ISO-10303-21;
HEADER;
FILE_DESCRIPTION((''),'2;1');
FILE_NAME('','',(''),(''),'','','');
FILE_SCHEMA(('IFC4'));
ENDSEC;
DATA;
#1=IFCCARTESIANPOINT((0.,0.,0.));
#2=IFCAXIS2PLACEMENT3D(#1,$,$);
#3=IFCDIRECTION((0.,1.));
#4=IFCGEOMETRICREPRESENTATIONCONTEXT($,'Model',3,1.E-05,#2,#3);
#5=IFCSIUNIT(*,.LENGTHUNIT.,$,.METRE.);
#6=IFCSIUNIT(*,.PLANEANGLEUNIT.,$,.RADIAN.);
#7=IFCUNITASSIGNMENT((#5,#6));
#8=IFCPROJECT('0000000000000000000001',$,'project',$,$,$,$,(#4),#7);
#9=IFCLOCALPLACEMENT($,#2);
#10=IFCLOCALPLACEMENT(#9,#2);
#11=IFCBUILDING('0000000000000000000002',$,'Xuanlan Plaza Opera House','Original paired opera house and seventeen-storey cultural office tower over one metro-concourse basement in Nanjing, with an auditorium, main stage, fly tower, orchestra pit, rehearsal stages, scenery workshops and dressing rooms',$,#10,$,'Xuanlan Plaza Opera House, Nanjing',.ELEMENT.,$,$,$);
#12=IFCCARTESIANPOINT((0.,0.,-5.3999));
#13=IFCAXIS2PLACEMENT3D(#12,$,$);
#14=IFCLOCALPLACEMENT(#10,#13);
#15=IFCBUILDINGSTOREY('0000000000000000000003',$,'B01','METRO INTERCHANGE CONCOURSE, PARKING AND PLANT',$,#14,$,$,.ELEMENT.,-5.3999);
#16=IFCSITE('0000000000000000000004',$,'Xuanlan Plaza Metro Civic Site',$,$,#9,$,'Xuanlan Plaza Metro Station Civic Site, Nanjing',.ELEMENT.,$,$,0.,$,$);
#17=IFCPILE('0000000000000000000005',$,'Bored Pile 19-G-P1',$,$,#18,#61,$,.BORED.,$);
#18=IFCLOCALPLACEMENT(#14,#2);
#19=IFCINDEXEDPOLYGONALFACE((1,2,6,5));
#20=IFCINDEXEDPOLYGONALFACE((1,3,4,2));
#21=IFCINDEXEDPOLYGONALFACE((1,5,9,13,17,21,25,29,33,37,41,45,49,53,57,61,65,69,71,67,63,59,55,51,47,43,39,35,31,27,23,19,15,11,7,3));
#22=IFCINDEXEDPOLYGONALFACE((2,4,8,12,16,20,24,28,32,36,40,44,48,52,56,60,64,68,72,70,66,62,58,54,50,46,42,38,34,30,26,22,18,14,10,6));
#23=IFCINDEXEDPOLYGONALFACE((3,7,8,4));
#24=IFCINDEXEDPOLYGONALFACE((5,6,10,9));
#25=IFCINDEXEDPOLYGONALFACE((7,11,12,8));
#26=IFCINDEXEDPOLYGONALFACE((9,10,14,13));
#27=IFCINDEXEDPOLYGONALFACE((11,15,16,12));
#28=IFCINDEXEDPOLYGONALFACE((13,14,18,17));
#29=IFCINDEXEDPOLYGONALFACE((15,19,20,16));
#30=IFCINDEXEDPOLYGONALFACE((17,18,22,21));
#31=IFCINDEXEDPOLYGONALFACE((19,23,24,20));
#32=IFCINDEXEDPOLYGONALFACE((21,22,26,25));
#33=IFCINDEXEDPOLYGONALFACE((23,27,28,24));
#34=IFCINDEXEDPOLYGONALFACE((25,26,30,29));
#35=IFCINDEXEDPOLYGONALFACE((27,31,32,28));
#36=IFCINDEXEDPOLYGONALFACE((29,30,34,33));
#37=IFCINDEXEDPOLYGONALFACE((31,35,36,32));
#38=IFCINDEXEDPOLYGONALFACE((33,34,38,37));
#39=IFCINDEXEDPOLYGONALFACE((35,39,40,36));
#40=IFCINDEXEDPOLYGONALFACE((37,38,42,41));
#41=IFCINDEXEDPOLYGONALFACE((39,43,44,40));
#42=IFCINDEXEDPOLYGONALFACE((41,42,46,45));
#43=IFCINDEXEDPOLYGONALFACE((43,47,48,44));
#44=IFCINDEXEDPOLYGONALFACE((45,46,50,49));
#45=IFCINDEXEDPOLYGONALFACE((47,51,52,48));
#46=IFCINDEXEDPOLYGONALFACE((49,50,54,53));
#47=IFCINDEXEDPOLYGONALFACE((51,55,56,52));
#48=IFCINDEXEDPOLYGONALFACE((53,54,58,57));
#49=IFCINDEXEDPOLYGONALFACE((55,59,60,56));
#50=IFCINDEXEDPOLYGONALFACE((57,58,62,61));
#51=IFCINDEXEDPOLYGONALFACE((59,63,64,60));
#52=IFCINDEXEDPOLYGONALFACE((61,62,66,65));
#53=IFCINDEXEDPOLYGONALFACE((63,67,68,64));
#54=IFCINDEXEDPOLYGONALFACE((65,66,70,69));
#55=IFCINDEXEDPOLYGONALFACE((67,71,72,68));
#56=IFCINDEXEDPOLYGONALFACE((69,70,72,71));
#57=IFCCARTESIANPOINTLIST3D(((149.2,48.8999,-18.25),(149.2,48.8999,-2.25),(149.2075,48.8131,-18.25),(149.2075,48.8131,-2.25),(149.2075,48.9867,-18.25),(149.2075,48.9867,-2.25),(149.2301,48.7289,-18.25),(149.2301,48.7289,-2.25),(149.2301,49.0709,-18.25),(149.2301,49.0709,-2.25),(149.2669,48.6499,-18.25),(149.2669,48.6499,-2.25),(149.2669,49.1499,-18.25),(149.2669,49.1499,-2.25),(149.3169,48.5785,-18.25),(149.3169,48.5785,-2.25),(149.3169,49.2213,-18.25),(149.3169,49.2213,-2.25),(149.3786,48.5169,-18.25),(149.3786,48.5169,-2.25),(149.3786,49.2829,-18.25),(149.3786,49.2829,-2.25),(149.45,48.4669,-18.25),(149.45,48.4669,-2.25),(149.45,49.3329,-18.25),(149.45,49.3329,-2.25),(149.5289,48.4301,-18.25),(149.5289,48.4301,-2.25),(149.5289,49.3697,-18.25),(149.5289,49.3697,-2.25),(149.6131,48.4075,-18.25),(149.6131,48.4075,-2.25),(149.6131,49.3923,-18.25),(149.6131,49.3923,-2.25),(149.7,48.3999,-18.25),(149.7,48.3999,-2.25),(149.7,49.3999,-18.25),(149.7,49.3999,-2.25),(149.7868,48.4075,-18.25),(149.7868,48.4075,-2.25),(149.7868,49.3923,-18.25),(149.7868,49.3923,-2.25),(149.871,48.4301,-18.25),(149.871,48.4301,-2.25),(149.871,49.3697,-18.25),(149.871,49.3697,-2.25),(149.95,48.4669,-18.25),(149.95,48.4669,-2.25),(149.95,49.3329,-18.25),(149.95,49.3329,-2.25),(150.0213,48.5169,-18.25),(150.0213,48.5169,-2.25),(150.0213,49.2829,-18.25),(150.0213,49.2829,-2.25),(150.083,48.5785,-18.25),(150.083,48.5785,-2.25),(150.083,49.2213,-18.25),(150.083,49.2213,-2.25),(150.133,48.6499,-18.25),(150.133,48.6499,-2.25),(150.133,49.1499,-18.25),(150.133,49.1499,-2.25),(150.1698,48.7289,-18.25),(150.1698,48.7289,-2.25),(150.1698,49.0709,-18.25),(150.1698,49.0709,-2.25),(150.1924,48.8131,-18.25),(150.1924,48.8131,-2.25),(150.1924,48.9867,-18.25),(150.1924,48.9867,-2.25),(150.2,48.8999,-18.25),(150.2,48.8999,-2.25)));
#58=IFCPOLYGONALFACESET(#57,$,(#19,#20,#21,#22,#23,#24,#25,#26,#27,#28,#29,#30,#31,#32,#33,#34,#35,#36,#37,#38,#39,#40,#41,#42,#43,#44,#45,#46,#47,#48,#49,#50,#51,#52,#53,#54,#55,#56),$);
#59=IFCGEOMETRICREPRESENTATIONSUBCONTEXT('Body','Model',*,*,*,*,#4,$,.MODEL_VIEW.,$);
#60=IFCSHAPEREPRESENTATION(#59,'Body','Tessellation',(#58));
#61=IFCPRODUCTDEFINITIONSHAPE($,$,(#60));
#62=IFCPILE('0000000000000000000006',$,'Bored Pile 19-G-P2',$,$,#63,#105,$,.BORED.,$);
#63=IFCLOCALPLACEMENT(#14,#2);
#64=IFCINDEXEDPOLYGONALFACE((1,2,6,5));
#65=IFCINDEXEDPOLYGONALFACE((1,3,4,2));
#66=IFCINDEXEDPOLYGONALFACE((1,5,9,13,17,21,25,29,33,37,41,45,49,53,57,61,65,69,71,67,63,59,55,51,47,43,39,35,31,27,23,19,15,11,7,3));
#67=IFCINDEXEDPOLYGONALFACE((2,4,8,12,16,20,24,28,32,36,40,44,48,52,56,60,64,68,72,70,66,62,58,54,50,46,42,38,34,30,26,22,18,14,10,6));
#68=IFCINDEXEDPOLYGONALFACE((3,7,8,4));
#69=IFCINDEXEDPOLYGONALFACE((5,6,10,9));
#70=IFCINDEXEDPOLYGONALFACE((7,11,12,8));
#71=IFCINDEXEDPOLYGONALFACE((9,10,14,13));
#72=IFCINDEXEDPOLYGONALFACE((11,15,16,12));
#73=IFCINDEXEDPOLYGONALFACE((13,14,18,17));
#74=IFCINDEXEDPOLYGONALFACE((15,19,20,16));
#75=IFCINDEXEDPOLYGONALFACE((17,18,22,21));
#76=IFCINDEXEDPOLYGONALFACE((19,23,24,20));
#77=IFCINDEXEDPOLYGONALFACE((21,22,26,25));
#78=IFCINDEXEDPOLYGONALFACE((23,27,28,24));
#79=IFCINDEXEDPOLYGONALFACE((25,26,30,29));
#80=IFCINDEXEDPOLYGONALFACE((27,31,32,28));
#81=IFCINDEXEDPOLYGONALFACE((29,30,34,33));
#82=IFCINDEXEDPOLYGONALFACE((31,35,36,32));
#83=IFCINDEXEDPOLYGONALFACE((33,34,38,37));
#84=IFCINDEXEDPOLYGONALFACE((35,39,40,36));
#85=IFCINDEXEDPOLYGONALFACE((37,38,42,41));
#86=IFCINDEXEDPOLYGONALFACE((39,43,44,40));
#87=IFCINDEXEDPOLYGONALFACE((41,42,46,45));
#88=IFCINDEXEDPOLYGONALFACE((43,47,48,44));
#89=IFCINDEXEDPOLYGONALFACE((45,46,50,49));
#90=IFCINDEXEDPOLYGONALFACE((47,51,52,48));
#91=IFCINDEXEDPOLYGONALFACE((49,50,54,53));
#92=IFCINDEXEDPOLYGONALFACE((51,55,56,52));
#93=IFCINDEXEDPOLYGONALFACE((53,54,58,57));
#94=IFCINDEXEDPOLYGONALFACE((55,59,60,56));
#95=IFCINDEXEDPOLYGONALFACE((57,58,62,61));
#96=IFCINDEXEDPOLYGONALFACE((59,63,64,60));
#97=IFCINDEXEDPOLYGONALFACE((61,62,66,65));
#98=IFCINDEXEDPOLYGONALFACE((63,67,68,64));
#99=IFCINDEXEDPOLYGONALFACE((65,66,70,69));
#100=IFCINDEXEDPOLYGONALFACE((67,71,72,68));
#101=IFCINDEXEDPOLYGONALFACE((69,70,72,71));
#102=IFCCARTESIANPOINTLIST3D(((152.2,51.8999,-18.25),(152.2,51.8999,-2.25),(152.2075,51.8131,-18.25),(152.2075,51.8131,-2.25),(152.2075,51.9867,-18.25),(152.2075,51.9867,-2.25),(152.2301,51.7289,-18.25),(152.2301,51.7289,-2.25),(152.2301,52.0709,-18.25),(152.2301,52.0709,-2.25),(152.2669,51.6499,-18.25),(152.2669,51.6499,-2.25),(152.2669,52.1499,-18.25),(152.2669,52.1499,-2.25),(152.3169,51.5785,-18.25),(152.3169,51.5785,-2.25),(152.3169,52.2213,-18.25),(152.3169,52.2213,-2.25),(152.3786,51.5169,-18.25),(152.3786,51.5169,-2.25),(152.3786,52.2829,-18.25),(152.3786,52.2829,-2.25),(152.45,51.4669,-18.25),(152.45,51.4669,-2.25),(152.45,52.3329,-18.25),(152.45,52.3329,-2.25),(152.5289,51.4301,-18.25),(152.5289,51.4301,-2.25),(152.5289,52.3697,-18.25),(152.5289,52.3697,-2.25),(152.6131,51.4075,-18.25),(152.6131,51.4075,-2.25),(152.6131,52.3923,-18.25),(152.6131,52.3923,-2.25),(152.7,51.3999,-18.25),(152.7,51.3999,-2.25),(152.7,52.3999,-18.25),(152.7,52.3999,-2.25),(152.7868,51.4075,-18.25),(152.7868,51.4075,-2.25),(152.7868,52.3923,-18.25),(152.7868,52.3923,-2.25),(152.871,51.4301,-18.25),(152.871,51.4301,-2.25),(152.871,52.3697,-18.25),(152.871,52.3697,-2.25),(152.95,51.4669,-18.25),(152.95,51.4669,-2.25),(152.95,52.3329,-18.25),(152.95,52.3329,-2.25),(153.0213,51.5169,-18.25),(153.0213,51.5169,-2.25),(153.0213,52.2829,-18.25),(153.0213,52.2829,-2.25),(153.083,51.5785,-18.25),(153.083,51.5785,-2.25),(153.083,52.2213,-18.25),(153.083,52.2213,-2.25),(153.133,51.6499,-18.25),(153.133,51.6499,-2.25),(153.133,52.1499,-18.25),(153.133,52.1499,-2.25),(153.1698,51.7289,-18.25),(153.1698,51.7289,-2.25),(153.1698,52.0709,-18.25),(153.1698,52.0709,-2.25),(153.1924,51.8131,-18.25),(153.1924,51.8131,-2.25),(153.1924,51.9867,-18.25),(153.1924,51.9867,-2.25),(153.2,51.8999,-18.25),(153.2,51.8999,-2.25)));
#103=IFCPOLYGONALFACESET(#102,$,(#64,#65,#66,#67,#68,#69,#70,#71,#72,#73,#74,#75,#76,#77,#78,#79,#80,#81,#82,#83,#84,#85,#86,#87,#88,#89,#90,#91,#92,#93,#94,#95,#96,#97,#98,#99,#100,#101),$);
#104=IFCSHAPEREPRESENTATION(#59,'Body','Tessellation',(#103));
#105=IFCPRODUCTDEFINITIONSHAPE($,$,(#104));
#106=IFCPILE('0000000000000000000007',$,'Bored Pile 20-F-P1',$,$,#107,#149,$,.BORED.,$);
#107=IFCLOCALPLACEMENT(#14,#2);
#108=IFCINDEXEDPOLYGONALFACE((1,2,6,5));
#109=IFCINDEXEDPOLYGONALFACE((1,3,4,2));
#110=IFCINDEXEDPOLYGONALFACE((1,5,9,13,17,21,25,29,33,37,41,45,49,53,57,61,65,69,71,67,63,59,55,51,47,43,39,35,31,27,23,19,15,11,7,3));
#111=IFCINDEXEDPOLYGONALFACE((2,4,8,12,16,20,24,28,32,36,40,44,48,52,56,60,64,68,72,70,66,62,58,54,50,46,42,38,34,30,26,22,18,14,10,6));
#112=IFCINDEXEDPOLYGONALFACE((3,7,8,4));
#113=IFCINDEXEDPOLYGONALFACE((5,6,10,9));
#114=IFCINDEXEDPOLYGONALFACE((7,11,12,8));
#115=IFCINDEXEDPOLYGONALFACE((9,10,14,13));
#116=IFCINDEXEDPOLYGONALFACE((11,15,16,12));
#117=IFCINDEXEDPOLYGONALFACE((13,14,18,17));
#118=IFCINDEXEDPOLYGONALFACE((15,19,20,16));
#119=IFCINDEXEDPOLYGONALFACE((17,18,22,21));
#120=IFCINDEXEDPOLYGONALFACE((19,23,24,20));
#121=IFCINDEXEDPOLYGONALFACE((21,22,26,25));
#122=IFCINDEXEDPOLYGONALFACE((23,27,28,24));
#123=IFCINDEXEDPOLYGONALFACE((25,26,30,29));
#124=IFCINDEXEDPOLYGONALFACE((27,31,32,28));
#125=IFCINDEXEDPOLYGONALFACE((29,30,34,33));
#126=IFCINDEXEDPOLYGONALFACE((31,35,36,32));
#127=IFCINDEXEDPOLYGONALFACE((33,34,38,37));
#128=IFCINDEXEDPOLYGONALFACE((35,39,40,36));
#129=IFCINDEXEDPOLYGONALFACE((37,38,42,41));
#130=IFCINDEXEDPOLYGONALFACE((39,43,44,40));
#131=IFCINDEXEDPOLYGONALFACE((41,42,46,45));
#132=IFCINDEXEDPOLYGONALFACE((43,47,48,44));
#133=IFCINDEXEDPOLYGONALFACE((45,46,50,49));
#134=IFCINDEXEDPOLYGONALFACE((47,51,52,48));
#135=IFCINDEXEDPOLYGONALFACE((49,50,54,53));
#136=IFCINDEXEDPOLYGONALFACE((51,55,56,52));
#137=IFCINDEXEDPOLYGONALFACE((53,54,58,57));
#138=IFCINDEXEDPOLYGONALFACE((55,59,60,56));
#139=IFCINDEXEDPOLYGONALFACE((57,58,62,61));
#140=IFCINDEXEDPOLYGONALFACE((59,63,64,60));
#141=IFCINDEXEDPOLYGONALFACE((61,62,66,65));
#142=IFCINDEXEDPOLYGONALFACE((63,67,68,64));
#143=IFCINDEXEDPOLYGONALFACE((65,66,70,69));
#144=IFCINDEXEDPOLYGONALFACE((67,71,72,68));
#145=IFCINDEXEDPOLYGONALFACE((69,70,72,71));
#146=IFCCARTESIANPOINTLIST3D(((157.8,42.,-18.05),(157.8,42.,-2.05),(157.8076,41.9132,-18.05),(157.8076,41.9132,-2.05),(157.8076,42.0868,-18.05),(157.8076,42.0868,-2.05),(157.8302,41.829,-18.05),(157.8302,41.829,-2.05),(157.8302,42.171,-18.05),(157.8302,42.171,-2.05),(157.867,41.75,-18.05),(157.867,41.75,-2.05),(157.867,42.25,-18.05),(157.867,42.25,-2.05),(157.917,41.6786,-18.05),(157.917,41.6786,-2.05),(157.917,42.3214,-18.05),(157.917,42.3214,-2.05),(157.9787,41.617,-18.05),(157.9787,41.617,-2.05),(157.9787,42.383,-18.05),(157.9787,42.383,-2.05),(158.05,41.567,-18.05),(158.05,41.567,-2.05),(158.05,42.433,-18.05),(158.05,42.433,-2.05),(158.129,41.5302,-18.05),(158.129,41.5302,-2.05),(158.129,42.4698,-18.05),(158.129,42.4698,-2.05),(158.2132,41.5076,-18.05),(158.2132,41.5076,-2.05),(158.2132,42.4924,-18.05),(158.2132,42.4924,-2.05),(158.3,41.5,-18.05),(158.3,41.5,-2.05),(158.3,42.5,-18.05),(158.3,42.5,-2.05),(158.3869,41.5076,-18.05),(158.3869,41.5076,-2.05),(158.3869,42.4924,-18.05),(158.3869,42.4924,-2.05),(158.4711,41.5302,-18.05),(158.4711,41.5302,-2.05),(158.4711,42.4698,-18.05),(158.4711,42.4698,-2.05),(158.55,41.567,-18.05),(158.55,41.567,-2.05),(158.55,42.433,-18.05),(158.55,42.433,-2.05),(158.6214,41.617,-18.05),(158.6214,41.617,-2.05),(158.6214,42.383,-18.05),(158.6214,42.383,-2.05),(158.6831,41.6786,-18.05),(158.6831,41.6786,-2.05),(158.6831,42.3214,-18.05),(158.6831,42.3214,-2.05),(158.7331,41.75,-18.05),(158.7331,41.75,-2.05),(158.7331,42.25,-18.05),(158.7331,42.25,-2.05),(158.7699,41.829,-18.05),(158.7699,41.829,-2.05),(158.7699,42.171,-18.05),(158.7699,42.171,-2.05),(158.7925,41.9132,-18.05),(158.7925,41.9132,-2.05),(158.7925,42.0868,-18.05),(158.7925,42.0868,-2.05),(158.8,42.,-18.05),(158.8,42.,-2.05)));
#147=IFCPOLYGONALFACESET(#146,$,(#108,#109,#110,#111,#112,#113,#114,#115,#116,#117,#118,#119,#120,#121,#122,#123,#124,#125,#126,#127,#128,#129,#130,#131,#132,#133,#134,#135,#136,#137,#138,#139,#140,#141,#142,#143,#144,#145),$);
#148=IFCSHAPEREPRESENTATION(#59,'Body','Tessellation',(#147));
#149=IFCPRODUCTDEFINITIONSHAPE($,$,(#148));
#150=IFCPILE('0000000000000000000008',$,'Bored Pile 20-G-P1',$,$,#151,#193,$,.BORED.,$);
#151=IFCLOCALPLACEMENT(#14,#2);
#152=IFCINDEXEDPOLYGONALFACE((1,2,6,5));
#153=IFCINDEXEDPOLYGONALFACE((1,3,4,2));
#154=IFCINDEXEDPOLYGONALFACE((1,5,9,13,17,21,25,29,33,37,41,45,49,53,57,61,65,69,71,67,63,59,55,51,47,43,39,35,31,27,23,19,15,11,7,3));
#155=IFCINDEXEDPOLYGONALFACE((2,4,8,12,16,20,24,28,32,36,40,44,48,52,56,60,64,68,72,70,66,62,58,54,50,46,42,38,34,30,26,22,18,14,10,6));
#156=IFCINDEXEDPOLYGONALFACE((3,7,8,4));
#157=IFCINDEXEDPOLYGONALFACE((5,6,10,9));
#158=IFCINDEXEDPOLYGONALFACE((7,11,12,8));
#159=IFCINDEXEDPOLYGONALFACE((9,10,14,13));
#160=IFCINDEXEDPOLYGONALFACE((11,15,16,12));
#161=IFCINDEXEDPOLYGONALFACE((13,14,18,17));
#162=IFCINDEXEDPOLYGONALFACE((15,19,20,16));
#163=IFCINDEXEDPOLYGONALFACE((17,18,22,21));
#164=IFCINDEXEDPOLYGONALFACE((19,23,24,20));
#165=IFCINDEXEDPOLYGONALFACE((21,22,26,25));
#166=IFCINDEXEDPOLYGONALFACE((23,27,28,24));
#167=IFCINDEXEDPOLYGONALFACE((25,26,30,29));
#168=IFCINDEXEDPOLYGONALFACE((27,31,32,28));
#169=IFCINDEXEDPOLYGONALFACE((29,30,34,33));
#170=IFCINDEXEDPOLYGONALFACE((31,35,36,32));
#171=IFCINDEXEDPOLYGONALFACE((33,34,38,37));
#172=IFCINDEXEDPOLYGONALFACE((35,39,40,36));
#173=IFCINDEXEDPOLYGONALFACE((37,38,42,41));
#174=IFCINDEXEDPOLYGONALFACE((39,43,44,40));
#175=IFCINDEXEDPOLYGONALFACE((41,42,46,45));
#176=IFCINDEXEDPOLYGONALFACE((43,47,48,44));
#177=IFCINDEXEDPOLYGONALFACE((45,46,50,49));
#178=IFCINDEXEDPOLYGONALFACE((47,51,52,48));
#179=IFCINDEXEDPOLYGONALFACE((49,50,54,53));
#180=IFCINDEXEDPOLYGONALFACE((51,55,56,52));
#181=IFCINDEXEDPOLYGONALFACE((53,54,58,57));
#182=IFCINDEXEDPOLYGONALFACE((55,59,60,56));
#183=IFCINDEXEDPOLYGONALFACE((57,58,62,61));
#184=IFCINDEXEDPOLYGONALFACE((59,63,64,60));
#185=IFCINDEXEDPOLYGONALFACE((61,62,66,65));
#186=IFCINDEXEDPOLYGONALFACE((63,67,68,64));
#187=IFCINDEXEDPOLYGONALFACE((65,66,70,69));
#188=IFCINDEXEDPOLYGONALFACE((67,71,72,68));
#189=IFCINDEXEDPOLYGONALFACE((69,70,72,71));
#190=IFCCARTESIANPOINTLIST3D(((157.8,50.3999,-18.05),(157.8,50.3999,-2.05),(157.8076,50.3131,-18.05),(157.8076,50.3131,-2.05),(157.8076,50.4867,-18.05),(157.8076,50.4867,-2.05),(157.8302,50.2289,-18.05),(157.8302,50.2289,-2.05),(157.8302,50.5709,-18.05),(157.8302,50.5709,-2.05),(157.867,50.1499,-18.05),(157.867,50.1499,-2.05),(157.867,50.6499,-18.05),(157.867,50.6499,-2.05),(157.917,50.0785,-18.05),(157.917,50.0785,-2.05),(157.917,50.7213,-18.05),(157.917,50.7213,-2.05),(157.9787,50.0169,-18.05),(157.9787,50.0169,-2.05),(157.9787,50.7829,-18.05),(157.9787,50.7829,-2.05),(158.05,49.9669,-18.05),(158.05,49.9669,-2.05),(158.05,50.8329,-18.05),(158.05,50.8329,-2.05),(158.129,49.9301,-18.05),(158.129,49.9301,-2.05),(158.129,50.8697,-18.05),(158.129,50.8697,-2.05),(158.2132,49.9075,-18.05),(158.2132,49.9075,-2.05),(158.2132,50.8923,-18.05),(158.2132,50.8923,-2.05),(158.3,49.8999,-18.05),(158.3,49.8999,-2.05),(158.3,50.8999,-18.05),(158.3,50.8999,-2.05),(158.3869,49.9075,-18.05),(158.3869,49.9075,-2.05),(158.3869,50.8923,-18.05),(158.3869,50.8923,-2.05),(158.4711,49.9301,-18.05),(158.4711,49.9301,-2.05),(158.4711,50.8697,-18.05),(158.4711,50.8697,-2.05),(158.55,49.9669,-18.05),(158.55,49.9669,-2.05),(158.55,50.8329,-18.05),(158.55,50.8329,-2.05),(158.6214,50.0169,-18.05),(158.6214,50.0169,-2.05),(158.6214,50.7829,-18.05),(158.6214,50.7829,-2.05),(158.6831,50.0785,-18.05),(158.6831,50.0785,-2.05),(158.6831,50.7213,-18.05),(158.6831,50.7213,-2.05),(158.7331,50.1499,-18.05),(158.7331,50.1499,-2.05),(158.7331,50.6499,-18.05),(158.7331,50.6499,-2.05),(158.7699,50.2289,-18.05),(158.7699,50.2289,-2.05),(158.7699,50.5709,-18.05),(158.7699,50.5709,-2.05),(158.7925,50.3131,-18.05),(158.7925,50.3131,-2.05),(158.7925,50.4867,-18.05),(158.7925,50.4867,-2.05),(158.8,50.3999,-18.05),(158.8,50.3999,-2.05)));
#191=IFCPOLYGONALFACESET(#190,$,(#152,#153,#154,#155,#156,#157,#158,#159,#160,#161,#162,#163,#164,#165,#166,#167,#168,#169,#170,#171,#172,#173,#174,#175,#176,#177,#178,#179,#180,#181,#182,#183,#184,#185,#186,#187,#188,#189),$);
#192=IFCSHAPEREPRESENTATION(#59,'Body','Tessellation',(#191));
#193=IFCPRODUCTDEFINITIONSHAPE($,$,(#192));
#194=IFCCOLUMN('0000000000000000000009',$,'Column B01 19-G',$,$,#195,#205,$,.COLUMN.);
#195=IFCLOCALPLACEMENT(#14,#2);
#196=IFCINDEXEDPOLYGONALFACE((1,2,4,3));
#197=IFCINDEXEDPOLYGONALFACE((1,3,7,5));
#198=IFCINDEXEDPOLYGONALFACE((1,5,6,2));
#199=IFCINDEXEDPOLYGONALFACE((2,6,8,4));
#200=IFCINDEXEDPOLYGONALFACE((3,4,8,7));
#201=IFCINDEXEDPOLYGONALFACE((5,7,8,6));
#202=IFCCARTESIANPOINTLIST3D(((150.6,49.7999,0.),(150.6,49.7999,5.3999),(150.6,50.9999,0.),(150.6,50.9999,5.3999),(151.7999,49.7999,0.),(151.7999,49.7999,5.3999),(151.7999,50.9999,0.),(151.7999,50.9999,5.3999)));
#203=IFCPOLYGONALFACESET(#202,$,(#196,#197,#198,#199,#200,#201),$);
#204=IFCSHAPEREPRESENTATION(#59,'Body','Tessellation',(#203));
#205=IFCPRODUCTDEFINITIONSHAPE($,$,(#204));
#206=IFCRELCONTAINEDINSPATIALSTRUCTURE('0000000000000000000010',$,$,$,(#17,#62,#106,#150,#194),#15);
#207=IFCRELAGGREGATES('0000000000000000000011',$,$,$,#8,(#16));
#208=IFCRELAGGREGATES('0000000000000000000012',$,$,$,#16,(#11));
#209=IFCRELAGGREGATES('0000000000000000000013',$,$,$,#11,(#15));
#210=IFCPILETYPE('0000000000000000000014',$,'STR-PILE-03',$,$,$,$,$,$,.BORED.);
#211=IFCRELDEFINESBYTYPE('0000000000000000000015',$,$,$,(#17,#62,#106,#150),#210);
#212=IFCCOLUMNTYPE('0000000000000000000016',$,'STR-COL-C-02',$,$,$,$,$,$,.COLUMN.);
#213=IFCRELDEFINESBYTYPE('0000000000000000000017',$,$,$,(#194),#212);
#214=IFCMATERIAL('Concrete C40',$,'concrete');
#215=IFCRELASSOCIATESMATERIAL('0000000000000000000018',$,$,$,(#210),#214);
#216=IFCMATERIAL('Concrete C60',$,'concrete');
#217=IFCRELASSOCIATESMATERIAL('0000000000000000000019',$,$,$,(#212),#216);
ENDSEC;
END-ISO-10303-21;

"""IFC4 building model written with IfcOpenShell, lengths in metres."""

from ifc_helpers import new_model, si_unit, direction, frame, origin, origin_2d, place, context, subcontext, project, spatial, rectangle, circle, extrude, material, material_profile, profile_set, type_object, element, save


model = new_model("IFC4")

# Units and contexts
model_context = context("Model", 3, precision=1e-05, world=origin(), true_north=direction((0.0, 1.0)))
body_context = subcontext(model_context, "Body", "Model", "MODEL_VIEW")
ifc_project = project(units=[si_unit("LENGTHUNIT", "METRE"), si_unit("PLANEANGLEUNIT", "RADIAN")], contexts=[model_context])

# Site, building, storey
site_placement = place(None, origin())
site = spatial("IfcSite", under=ifc_project, at=site_placement, Name="Xuanlan Plaza Metro Civic Site", LongName="Xuanlan Plaza Metro Station Civic Site, Nanjing", CompositionType="ELEMENT", RefElevation=0.0)
building_placement = place(site_placement, origin())
building = spatial("IfcBuilding", under=site, at=building_placement, Name="Xuanlan Plaza Opera House", Description="Original paired opera house and seventeen-storey cultural office tower over one metro-concourse basement in Nanjing, with an auditorium, main stage, fly tower, orchestra pit, rehearsal stages, scenery workshops and dressing rooms", LongName="Xuanlan Plaza Opera House, Nanjing", CompositionType="ELEMENT")
storey_placement = place(building_placement, frame((0.0, 0.0, -5.3999)))
storey = spatial("IfcBuildingStorey", under=building, at=storey_placement, Name="B01", Description="METRO INTERCHANGE CONCOURSE, PARKING AND PLANT", CompositionType="ELEMENT", Elevation=-5.3999)

# Piles
ifc_material_1 = material(Name="Concrete C40", Category="concrete")
ifc_material_profile_1 = material_profile(ifc_material_1, circle(Radius=0.5, at=origin_2d()), Name="PILE D1000")
ifc_profile_set_1 = profile_set([ifc_material_profile_1], Name="Concrete C40")
pile_type = type_object("IfcPileType", Name="STR-PILE-03", PredefinedType="BORED", material=ifc_profile_set_1)
for number, where, z_axis, x_axis, name in (
    (1, (149.7, 48.8999, -2.25), (0.0, 0.0, -1.0), (1.0, 0.0, 0.0), "Bored Pile 19-G-P1"),
    (2, (152.7, 51.8999, -2.25), (0.0, 0.0, -1.0), (1.0, 0.0, 0.0), "Bored Pile 19-G-P2"),
    (3, (158.3, 42.0, -2.05), (0.0, 0.0, -1.0), (1.0, 0.0, 0.0), "Bored Pile 20-F-P1"),
    (4, (158.3, 50.3999, -2.05), (0.0, 0.0, -1.0), (1.0, 0.0, 0.0), "Bored Pile 20-G-P1"),
):
    element("IfcPile", number, at=place(storey_placement, frame(where, z_axis=z_axis, x_axis=x_axis)), inside=storey, type_object=pile_type, Name=name, PredefinedType="BORED", context=body_context, shape_type="SweptSolid", body=[
        extrude(circle(Radius=0.5, at=origin_2d()), origin(), (0.0, 0.0, 1.0), 16.0),
    ])

# Column
ifc_material_2 = material(Name="Concrete C60", Category="concrete")
ifc_material_profile_2 = material_profile(ifc_material_2, rectangle(XDim=1.2, YDim=1.2, at=origin_2d()), Name="RC-COL 1200x1200")
ifc_profile_set_2 = profile_set([ifc_material_profile_2], Name="Concrete C60")
column_type_1 = type_object("IfcColumnType", Name="STR-COL-C-02", PredefinedType="COLUMN", material=ifc_profile_set_2)
for number, where, z_axis, x_axis, name in (
    (5, (151.2, 50.3999, 0.0), (0.0, 0.0, 1.0), (1.0, 0.0, 0.0), "Column B01 19-G"),
):
    element("IfcColumn", number, at=place(storey_placement, frame(where, z_axis=z_axis, x_axis=x_axis)), inside=storey, type_object=column_type_1, Name=name, PredefinedType="COLUMN", context=body_context, shape_type="SweptSolid", body=[
        extrude(rectangle(XDim=1.2, YDim=1.2, at=origin_2d()), origin(), (0.0, 0.0, 1.0), 5.3999),
    ])

save(model, "model.ifc")
